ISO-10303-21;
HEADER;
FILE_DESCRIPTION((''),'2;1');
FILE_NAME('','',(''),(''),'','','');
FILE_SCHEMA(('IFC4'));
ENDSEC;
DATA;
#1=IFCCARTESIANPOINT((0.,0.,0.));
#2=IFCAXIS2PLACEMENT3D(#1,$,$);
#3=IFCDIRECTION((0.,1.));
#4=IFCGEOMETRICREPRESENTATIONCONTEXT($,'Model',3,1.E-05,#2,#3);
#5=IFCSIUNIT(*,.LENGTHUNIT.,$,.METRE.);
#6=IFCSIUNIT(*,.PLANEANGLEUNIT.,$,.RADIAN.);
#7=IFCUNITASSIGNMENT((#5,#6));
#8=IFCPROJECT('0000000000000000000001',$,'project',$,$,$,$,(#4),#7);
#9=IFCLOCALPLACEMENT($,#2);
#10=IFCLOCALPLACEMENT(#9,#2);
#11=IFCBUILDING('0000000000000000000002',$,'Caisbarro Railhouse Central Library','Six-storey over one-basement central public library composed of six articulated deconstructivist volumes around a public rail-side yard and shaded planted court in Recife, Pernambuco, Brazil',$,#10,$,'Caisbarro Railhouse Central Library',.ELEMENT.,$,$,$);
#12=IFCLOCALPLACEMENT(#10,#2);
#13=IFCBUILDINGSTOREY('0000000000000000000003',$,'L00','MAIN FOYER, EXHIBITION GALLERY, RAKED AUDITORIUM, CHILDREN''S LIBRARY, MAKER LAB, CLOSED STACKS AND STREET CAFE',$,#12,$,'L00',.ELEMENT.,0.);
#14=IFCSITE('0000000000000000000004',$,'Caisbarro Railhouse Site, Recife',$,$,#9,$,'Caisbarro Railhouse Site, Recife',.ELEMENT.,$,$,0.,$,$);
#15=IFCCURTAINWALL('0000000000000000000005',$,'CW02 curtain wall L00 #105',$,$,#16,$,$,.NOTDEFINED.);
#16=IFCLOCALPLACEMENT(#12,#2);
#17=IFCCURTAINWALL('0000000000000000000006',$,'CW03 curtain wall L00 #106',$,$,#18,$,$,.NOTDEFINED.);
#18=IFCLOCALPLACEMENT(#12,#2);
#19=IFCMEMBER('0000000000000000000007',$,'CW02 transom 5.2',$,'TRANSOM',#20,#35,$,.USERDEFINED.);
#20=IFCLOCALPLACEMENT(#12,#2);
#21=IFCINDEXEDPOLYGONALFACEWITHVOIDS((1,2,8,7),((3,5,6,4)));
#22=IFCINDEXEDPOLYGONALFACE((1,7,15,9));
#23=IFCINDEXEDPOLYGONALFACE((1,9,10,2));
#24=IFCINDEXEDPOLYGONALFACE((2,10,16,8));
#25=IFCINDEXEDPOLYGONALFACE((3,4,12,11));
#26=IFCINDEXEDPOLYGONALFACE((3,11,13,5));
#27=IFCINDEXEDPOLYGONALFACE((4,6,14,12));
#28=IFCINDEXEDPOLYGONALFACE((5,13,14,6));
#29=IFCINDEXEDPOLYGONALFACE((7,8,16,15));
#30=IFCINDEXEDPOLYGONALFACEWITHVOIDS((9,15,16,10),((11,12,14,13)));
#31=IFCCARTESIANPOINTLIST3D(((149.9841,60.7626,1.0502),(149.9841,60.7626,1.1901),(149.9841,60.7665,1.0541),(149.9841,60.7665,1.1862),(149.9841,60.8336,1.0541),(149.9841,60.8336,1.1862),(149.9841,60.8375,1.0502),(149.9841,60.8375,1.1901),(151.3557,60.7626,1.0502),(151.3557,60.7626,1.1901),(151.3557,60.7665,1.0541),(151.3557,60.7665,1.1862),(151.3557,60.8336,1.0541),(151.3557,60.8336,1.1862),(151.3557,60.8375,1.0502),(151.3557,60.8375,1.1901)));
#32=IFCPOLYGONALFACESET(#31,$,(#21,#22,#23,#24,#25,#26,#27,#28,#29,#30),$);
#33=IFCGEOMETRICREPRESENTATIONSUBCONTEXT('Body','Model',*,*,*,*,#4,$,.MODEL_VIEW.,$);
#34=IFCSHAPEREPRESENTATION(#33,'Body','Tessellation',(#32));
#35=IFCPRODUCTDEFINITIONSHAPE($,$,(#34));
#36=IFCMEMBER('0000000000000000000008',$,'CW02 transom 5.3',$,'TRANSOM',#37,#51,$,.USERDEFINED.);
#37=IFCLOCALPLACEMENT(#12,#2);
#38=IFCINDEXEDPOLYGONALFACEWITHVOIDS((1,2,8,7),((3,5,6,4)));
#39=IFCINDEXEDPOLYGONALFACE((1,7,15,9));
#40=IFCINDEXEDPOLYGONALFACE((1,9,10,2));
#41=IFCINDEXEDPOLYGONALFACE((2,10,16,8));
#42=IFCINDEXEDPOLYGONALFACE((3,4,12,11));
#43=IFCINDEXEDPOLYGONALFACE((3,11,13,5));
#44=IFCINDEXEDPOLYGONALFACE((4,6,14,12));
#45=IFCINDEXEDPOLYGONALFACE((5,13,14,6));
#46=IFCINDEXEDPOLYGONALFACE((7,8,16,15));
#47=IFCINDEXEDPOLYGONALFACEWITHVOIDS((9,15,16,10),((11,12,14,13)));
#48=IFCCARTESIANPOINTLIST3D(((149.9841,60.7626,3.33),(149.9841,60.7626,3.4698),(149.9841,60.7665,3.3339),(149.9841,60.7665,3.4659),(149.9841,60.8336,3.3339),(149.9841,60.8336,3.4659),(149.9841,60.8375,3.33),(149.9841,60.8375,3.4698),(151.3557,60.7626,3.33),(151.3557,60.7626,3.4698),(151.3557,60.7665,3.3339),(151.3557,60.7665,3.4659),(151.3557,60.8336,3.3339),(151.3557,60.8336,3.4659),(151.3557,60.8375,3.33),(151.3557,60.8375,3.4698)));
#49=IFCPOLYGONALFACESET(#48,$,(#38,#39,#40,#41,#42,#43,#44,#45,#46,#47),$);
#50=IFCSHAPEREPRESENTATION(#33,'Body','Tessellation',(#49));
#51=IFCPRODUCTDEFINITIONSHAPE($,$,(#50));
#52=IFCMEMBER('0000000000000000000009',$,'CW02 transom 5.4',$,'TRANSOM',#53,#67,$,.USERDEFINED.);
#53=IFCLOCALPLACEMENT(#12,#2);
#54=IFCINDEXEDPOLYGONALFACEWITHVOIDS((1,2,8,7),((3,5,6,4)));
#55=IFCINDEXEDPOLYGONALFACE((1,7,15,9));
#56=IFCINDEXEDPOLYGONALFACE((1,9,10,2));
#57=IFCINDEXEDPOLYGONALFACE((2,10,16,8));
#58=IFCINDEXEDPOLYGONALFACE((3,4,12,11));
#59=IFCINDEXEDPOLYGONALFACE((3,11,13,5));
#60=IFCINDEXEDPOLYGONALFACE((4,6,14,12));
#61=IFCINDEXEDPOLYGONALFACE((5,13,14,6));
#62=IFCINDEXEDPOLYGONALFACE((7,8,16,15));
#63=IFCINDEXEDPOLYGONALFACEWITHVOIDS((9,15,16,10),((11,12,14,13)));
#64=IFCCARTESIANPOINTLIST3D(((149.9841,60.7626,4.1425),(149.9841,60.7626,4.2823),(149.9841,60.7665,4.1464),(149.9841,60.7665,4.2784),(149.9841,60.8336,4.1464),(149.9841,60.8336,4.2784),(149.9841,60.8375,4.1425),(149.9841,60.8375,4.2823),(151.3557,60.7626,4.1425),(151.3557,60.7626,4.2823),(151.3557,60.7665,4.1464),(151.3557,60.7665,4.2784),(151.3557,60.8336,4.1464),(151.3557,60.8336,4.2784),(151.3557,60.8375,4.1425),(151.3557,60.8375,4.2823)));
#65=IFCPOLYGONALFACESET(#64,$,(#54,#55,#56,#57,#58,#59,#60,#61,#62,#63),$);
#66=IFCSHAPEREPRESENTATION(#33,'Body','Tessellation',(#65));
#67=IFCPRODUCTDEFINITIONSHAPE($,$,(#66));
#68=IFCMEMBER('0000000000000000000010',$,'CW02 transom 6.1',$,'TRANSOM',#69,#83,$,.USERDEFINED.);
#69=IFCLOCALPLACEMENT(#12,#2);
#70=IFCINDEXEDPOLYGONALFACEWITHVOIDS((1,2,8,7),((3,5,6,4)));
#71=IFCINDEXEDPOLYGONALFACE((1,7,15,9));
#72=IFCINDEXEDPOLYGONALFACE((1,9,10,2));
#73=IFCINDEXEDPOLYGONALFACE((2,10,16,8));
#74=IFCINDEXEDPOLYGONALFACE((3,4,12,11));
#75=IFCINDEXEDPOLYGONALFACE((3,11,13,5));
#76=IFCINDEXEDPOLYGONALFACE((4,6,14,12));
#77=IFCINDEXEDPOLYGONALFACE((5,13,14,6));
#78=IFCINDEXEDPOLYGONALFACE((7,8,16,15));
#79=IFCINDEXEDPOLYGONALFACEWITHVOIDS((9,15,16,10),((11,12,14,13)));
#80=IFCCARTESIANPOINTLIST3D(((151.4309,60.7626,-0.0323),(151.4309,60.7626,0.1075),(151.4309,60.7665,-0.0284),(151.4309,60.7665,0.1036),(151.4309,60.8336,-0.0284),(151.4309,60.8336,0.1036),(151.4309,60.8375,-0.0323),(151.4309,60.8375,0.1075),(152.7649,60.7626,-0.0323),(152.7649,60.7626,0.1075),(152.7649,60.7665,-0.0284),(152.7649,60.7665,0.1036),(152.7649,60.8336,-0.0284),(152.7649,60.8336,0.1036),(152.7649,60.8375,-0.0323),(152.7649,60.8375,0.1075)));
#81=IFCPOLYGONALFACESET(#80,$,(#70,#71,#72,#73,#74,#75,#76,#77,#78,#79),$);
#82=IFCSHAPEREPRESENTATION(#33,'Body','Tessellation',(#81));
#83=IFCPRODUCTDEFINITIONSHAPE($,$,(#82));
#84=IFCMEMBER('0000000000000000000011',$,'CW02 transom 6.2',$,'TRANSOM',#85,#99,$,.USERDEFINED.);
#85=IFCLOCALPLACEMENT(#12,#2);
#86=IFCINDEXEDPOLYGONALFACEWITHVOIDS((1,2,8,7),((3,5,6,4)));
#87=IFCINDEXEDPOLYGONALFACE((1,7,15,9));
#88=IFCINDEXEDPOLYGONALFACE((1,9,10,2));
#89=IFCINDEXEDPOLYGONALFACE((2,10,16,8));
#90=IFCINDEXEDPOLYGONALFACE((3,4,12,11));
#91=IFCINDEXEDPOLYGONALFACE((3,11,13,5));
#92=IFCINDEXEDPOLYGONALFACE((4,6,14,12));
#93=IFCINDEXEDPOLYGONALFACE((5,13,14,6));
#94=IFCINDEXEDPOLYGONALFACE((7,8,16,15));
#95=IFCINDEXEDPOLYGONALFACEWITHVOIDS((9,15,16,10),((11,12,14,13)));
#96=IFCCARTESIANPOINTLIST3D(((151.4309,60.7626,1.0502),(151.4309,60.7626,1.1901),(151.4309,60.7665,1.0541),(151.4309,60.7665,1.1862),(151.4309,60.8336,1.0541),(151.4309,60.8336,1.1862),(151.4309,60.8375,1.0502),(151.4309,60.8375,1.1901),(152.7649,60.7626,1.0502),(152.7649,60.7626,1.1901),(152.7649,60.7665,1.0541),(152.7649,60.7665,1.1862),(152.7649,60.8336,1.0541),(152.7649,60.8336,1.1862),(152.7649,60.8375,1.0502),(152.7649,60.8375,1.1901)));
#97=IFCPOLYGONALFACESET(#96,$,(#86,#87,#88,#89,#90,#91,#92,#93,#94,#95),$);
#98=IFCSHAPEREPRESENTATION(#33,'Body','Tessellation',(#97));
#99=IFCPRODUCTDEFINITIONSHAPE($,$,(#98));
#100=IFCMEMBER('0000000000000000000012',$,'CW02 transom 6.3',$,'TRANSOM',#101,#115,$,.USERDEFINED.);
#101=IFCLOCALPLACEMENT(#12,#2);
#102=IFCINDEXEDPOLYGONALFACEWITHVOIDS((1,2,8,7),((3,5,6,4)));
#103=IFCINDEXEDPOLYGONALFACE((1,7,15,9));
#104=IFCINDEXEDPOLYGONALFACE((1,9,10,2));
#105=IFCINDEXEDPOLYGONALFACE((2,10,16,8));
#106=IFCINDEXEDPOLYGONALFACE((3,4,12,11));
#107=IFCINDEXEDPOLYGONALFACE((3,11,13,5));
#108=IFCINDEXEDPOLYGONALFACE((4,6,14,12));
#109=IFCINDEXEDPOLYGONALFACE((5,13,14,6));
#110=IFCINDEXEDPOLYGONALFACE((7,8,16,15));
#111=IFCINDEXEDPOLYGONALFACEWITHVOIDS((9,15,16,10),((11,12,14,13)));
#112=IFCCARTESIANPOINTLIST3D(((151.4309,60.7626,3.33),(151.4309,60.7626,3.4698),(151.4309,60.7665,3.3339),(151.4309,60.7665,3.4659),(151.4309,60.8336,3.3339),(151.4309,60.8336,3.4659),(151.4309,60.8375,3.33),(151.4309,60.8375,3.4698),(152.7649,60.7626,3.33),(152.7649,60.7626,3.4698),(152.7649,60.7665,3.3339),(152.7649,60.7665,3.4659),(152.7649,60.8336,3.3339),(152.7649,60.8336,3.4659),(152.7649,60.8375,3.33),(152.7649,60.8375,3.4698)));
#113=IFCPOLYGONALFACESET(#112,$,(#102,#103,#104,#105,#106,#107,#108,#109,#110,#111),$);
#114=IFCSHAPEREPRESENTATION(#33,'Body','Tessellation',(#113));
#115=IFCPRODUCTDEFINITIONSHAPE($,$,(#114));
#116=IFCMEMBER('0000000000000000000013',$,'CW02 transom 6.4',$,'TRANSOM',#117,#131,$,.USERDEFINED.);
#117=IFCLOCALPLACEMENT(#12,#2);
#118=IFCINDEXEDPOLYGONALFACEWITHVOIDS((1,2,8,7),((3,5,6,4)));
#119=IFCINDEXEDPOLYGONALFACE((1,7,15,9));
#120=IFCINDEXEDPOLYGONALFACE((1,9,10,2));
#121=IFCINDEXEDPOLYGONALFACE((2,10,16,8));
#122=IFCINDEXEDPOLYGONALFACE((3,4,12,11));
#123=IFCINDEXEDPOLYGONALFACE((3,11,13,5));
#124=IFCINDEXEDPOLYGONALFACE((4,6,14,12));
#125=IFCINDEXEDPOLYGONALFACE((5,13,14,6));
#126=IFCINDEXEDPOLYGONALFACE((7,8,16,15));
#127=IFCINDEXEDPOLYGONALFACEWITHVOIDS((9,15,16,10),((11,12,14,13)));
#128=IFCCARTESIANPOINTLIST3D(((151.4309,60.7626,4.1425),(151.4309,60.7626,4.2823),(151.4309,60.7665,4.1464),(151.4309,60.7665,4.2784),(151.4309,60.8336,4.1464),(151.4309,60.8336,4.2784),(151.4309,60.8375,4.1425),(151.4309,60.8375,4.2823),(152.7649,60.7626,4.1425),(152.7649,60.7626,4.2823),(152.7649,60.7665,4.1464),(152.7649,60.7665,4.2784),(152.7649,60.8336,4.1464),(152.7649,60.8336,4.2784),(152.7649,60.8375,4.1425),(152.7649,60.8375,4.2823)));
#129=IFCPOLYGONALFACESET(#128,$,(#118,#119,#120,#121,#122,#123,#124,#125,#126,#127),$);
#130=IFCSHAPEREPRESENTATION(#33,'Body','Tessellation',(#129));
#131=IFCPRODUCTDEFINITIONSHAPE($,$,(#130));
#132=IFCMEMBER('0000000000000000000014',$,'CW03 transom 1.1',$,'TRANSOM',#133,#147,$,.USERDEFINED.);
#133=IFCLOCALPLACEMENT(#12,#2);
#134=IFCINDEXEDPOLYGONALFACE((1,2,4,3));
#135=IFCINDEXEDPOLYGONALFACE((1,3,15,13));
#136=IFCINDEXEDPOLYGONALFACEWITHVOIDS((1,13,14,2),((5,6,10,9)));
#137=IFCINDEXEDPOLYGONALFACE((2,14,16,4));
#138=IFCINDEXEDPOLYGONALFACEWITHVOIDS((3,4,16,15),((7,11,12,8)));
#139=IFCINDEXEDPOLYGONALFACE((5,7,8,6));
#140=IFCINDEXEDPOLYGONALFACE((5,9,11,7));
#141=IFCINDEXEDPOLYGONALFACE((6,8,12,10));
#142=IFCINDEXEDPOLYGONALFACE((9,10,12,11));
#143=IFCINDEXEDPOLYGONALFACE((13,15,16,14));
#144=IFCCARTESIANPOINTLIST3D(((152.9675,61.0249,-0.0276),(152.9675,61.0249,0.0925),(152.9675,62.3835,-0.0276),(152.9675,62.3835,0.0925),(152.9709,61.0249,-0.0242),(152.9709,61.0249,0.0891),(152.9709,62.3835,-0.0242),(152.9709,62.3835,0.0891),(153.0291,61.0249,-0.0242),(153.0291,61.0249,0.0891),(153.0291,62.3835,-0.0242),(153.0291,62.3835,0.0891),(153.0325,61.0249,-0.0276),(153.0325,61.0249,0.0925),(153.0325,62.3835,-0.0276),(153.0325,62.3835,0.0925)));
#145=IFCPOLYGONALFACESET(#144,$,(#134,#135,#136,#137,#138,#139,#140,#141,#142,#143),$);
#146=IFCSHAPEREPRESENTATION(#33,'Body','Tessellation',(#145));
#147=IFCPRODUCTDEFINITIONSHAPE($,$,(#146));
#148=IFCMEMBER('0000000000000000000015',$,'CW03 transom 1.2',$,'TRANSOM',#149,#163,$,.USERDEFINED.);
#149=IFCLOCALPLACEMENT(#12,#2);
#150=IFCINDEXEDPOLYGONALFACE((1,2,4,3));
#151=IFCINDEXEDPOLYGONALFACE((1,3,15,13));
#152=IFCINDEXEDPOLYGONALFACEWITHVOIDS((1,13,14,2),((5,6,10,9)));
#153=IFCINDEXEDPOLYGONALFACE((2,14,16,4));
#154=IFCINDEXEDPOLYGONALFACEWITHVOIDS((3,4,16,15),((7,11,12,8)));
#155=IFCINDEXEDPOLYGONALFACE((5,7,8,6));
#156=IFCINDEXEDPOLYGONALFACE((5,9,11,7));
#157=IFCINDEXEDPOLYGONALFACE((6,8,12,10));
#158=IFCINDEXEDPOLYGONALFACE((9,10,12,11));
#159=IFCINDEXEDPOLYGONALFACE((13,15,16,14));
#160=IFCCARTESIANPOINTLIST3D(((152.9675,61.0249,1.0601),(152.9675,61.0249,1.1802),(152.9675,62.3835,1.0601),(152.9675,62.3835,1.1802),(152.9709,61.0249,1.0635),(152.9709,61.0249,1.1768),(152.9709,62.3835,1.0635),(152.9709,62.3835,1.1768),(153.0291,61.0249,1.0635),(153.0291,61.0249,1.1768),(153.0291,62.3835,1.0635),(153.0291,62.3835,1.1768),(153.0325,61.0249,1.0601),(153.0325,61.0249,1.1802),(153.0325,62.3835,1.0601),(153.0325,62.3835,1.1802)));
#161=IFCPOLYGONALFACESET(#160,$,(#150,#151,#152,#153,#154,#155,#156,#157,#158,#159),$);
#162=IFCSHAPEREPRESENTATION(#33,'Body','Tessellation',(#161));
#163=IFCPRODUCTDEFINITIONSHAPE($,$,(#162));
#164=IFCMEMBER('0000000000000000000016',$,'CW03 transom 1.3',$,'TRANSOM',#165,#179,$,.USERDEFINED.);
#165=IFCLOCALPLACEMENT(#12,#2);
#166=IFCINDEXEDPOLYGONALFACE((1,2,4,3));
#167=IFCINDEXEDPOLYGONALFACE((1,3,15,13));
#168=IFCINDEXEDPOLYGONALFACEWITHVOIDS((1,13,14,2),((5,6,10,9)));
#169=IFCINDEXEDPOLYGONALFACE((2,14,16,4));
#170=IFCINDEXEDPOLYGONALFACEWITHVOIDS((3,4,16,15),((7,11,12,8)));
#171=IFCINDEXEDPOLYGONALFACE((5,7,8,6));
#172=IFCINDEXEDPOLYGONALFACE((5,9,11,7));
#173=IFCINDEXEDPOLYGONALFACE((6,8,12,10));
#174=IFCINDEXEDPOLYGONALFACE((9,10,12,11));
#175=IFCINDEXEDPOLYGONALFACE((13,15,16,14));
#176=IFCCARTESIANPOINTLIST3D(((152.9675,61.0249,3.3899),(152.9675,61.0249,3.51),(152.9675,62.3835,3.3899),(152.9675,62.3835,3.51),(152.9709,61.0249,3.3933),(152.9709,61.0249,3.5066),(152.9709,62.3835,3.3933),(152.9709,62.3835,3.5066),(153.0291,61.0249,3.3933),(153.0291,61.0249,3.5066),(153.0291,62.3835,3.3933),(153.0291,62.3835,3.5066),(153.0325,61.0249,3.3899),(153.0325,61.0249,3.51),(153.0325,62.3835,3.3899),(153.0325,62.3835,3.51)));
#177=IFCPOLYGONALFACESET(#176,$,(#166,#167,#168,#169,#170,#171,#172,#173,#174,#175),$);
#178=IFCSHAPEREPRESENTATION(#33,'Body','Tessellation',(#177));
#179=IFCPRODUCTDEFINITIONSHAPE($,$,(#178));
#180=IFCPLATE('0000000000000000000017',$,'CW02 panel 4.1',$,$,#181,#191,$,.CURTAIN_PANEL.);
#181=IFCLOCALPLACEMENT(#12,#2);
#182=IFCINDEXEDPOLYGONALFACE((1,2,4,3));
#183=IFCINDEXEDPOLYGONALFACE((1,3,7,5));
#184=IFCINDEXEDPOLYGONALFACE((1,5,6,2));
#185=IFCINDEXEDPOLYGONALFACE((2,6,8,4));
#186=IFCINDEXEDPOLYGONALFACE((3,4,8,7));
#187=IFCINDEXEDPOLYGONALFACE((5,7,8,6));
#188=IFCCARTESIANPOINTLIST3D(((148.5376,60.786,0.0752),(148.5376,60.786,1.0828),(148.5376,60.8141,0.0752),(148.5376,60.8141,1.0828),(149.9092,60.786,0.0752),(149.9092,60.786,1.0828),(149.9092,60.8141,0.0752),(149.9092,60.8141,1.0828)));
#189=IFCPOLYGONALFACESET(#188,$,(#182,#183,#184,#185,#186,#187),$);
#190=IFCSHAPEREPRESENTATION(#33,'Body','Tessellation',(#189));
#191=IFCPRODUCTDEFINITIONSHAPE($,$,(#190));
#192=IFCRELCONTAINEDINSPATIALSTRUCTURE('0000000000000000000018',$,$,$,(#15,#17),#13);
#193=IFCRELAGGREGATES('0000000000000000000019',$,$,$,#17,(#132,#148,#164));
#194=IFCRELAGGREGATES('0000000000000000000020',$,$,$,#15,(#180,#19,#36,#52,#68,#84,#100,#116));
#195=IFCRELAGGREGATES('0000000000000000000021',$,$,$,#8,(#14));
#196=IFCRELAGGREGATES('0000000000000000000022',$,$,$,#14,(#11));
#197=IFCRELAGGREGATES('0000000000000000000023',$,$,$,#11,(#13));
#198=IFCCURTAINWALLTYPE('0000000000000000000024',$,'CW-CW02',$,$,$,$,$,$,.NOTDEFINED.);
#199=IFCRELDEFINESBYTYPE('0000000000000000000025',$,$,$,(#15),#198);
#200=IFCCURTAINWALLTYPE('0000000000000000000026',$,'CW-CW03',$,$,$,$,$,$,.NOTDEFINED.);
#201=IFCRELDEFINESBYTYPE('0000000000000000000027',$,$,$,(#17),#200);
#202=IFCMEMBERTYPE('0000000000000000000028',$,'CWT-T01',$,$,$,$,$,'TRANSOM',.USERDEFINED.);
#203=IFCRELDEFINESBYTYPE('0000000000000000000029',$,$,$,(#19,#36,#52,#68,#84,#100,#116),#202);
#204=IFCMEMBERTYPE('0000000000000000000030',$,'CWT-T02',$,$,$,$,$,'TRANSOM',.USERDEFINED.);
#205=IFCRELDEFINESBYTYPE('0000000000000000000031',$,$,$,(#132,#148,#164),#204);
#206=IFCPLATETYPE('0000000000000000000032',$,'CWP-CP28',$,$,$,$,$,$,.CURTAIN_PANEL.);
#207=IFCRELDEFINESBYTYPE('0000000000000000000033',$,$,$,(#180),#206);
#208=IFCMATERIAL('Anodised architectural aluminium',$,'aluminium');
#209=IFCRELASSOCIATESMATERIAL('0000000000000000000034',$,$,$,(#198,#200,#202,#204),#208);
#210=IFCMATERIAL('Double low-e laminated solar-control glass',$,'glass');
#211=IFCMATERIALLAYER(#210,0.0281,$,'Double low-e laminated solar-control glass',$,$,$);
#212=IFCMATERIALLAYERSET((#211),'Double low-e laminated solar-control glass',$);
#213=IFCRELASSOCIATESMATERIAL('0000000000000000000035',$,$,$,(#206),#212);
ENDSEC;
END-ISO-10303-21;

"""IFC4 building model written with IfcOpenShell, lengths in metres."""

from ifc_helpers import new_model, si_unit, direction, frame, origin, origin_2d, place, context, subcontext, project, spatial, rectangle, hollow_rectangle, extrude, material, layer, layer_set, material_profile, profile_set, type_object, element, aggregate, save


model = new_model("IFC4")

# Units and contexts
model_context = context("Model", 3, precision=1e-05, world=origin(), true_north=direction((0.0, 1.0)))
body_context = subcontext(model_context, "Body", "Model", "MODEL_VIEW")
ifc_project = project(units=[si_unit("LENGTHUNIT", "METRE"), si_unit("PLANEANGLEUNIT", "RADIAN")], contexts=[model_context])

# Site, building, storey
site_placement = place(None, origin())
site = spatial("IfcSite", under=ifc_project, at=site_placement, Name="Caisbarro Railhouse Site, Recife", LongName="Caisbarro Railhouse Site, Recife", CompositionType="ELEMENT", RefElevation=0.0)
building_placement = place(site_placement, origin())
building = spatial("IfcBuilding", under=site, at=building_placement, Name="Caisbarro Railhouse Central Library", Description="Six-storey over one-basement central public library composed of six articulated deconstructivist volumes around a public rail-side yard and shaded planted court in Recife, Pernambuco, Brazil", LongName="Caisbarro Railhouse Central Library", CompositionType="ELEMENT")
storey_placement = place(building_placement, origin())
storey = spatial("IfcBuildingStorey", under=building, at=storey_placement, Name="L00", Description="MAIN FOYER, EXHIBITION GALLERY, RAKED AUDITORIUM, CHILDREN'S LIBRARY, MAKER LAB, CLOSED STACKS AND STREET CAFE", LongName="L00", CompositionType="ELEMENT", Elevation=0.0)

# Curtain wall
ifc_material_1 = material(Name="Anodised architectural aluminium", Category="aluminium")
curtain_wall_type_1 = type_object("IfcCurtainWallType", Name="CW-CW02", PredefinedType="NOTDEFINED", material=ifc_material_1)
curtain_wall_1_placement = place(storey_placement, origin())
curtain_wall_1 = element("IfcCurtainWall", 1, at=curtain_wall_1_placement, inside=storey, type_object=curtain_wall_type_1, Name="CW02 curtain wall L00 #105", PredefinedType="NOTDEFINED")

# Curtain wall
curtain_wall_type_2 = type_object("IfcCurtainWallType", Name="CW-CW03", PredefinedType="NOTDEFINED", material=ifc_material_1)
curtain_wall_2_placement = place(storey_placement, origin())
curtain_wall_2 = element("IfcCurtainWall", 2, at=curtain_wall_2_placement, inside=storey, type_object=curtain_wall_type_2, Name="CW03 curtain wall L00 #106", PredefinedType="NOTDEFINED")

# Members
ifc_material_profile_1 = material_profile(ifc_material_1, hollow_rectangle(XDim=0.075, YDim=0.1399, WallThickness=0.0039, at=origin_2d()), Name="ALU-TRN-75X140")
ifc_profile_set_1 = profile_set([ifc_material_profile_1], Name="Anodised architectural aluminium")
member_type_1 = type_object("IfcMemberType", Name="CWT-T01", ElementType="TRANSOM", PredefinedType="USERDEFINED", material=ifc_profile_set_1)
member_1_placement = place(storey_placement, frame((149.9841, 60.8, 1.1201), z_axis=(1.0, 0.0, 0.0), x_axis=(0.0, 1.0, 0.0)))
member_1 = element("IfcMember", 3, at=member_1_placement, type_object=member_type_1, Name="CW02 transom 5.2", ObjectType="TRANSOM", PredefinedType="USERDEFINED", context=body_context, shape_type="SweptSolid", body=[
    extrude(hollow_rectangle(XDim=0.075, YDim=0.1399, WallThickness=0.0039, at=origin_2d()), origin(), (0.0, 0.0, 1.0), 1.3716),
])
member_2_placement = place(storey_placement, frame((149.9841, 60.8, 3.3999), z_axis=(1.0, 0.0, 0.0), x_axis=(0.0, 1.0, 0.0)))
member_2 = element("IfcMember", 4, at=member_2_placement, type_object=member_type_1, Name="CW02 transom 5.3", ObjectType="TRANSOM", PredefinedType="USERDEFINED", context=body_context, shape_type="SweptSolid", body=[
    extrude(hollow_rectangle(XDim=0.075, YDim=0.1399, WallThickness=0.0039, at=origin_2d()), origin(), (0.0, 0.0, 1.0), 1.3716),
])
member_3_placement = place(storey_placement, frame((149.9841, 60.8, 4.2124), z_axis=(1.0, 0.0, 0.0), x_axis=(0.0, 1.0, 0.0)))
member_3 = element("IfcMember", 5, at=member_3_placement, type_object=member_type_1, Name="CW02 transom 5.4", ObjectType="TRANSOM", PredefinedType="USERDEFINED", context=body_context, shape_type="SweptSolid", body=[
    extrude(hollow_rectangle(XDim=0.075, YDim=0.1399, WallThickness=0.0039, at=origin_2d()), origin(), (0.0, 0.0, 1.0), 1.3716),
])
member_4_placement = place(storey_placement, frame((151.4309, 60.8, 0.0376), z_axis=(1.0, 0.0, 0.0), x_axis=(0.0, 1.0, 0.0)))
member_4 = element("IfcMember", 6, at=member_4_placement, type_object=member_type_1, Name="CW02 transom 6.1", ObjectType="TRANSOM", PredefinedType="USERDEFINED", context=body_context, shape_type="SweptSolid", body=[
    extrude(hollow_rectangle(XDim=0.075, YDim=0.1399, WallThickness=0.0039, at=origin_2d()), origin(), (0.0, 0.0, 1.0), 1.334),
])
member_5_placement = place(storey_placement, frame((151.4309, 60.8, 1.1201), z_axis=(1.0, 0.0, 0.0), x_axis=(0.0, 1.0, 0.0)))
member_5 = element("IfcMember", 7, at=member_5_placement, type_object=member_type_1, Name="CW02 transom 6.2", ObjectType="TRANSOM", PredefinedType="USERDEFINED", context=body_context, shape_type="SweptSolid", body=[
    extrude(hollow_rectangle(XDim=0.075, YDim=0.1399, WallThickness=0.0039, at=origin_2d()), origin(), (0.0, 0.0, 1.0), 1.334),
])
member_6_placement = place(storey_placement, frame((151.4309, 60.8, 3.3999), z_axis=(1.0, 0.0, 0.0), x_axis=(0.0, 1.0, 0.0)))
member_6 = element("IfcMember", 8, at=member_6_placement, type_object=member_type_1, Name="CW02 transom 6.3", ObjectType="TRANSOM", PredefinedType="USERDEFINED", context=body_context, shape_type="SweptSolid", body=[
    extrude(hollow_rectangle(XDim=0.075, YDim=0.1399, WallThickness=0.0039, at=origin_2d()), origin(), (0.0, 0.0, 1.0), 1.334),
])
member_7_placement = place(storey_placement, frame((151.4309, 60.8, 4.2124), z_axis=(1.0, 0.0, 0.0), x_axis=(0.0, 1.0, 0.0)))
member_7 = element("IfcMember", 9, at=member_7_placement, type_object=member_type_1, Name="CW02 transom 6.4", ObjectType="TRANSOM", PredefinedType="USERDEFINED", context=body_context, shape_type="SweptSolid", body=[
    extrude(hollow_rectangle(XDim=0.075, YDim=0.1399, WallThickness=0.0039, at=origin_2d()), origin(), (0.0, 0.0, 1.0), 1.334),
])
ifc_material_profile_2 = material_profile(ifc_material_1, hollow_rectangle(XDim=0.0649, YDim=0.1201, WallThickness=0.0034, at=origin_2d()), Name="ALU-TRN-65X120")
ifc_profile_set_2 = profile_set([ifc_material_profile_2], Name="Anodised architectural aluminium")
member_type_2 = type_object("IfcMemberType", Name="CWT-T02", ElementType="TRANSOM", PredefinedType="USERDEFINED", material=ifc_profile_set_2)
member_8_placement = place(storey_placement, frame((153.0, 61.0249, 0.0325), z_axis=(0.0, 1.0, 0.0), x_axis=(-1.0, 0.0, 0.0)))
member_8 = element("IfcMember", 10, at=member_8_placement, type_object=member_type_2, Name="CW03 transom 1.1", ObjectType="TRANSOM", PredefinedType="USERDEFINED", context=body_context, shape_type="SweptSolid", body=[
    extrude(hollow_rectangle(XDim=0.0649, YDim=0.1201, WallThickness=0.0034, at=origin_2d()), origin(), (0.0, 0.0, 1.0), 1.3586),
])
member_9_placement = place(storey_placement, frame((153.0, 61.0249, 1.1201), z_axis=(0.0, 1.0, 0.0), x_axis=(-1.0, 0.0, 0.0)))
member_9 = element("IfcMember", 11, at=member_9_placement, type_object=member_type_2, Name="CW03 transom 1.2", ObjectType="TRANSOM", PredefinedType="USERDEFINED", context=body_context, shape_type="SweptSolid", body=[
    extrude(hollow_rectangle(XDim=0.0649, YDim=0.1201, WallThickness=0.0034, at=origin_2d()), origin(), (0.0, 0.0, 1.0), 1.3586),
])
member_10_placement = place(storey_placement, frame((153.0, 61.0249, 3.45), z_axis=(0.0, 1.0, 0.0), x_axis=(-1.0, 0.0, 0.0)))
member_10 = element("IfcMember", 12, at=member_10_placement, type_object=member_type_2, Name="CW03 transom 1.3", ObjectType="TRANSOM", PredefinedType="USERDEFINED", context=body_context, shape_type="SweptSolid", body=[
    extrude(hollow_rectangle(XDim=0.0649, YDim=0.1201, WallThickness=0.0034, at=origin_2d()), origin(), (0.0, 0.0, 1.0), 1.3586),
])
aggregate(curtain_wall_2, [member_8, member_9, member_10])

# Plate
ifc_material_2 = material(Name="Double low-e laminated solar-control glass", Category="glass")
ifc_layer_1 = layer(ifc_material_2, 0.0281, Name="Double low-e laminated solar-control glass")
ifc_layer_set_1 = layer_set([ifc_layer_1], Name="Double low-e laminated solar-control glass")
plate_type = type_object("IfcPlateType", Name="CWP-CP28", PredefinedType="CURTAIN_PANEL", material=ifc_layer_set_1)
plate_1_placement = place(storey_placement, frame((149.2234, 60.8, 0.0752), z_axis=(0.0, 0.0, 1.0), x_axis=(1.0, 0.0, 0.0)))
plate_1 = element("IfcPlate", 13, at=plate_1_placement, type_object=plate_type, Name="CW02 panel 4.1", PredefinedType="CURTAIN_PANEL", context=body_context, shape_type="SweptSolid", body=[
    extrude(rectangle(XDim=1.3716, YDim=0.0281, at=origin_2d()), origin(), (0.0, 0.0, 1.0), 1.0076),
])
aggregate(curtain_wall_1, [plate_1, member_1, member_2, member_3, member_4, member_5, member_6, member_7])

save(model, "model.ifc")
